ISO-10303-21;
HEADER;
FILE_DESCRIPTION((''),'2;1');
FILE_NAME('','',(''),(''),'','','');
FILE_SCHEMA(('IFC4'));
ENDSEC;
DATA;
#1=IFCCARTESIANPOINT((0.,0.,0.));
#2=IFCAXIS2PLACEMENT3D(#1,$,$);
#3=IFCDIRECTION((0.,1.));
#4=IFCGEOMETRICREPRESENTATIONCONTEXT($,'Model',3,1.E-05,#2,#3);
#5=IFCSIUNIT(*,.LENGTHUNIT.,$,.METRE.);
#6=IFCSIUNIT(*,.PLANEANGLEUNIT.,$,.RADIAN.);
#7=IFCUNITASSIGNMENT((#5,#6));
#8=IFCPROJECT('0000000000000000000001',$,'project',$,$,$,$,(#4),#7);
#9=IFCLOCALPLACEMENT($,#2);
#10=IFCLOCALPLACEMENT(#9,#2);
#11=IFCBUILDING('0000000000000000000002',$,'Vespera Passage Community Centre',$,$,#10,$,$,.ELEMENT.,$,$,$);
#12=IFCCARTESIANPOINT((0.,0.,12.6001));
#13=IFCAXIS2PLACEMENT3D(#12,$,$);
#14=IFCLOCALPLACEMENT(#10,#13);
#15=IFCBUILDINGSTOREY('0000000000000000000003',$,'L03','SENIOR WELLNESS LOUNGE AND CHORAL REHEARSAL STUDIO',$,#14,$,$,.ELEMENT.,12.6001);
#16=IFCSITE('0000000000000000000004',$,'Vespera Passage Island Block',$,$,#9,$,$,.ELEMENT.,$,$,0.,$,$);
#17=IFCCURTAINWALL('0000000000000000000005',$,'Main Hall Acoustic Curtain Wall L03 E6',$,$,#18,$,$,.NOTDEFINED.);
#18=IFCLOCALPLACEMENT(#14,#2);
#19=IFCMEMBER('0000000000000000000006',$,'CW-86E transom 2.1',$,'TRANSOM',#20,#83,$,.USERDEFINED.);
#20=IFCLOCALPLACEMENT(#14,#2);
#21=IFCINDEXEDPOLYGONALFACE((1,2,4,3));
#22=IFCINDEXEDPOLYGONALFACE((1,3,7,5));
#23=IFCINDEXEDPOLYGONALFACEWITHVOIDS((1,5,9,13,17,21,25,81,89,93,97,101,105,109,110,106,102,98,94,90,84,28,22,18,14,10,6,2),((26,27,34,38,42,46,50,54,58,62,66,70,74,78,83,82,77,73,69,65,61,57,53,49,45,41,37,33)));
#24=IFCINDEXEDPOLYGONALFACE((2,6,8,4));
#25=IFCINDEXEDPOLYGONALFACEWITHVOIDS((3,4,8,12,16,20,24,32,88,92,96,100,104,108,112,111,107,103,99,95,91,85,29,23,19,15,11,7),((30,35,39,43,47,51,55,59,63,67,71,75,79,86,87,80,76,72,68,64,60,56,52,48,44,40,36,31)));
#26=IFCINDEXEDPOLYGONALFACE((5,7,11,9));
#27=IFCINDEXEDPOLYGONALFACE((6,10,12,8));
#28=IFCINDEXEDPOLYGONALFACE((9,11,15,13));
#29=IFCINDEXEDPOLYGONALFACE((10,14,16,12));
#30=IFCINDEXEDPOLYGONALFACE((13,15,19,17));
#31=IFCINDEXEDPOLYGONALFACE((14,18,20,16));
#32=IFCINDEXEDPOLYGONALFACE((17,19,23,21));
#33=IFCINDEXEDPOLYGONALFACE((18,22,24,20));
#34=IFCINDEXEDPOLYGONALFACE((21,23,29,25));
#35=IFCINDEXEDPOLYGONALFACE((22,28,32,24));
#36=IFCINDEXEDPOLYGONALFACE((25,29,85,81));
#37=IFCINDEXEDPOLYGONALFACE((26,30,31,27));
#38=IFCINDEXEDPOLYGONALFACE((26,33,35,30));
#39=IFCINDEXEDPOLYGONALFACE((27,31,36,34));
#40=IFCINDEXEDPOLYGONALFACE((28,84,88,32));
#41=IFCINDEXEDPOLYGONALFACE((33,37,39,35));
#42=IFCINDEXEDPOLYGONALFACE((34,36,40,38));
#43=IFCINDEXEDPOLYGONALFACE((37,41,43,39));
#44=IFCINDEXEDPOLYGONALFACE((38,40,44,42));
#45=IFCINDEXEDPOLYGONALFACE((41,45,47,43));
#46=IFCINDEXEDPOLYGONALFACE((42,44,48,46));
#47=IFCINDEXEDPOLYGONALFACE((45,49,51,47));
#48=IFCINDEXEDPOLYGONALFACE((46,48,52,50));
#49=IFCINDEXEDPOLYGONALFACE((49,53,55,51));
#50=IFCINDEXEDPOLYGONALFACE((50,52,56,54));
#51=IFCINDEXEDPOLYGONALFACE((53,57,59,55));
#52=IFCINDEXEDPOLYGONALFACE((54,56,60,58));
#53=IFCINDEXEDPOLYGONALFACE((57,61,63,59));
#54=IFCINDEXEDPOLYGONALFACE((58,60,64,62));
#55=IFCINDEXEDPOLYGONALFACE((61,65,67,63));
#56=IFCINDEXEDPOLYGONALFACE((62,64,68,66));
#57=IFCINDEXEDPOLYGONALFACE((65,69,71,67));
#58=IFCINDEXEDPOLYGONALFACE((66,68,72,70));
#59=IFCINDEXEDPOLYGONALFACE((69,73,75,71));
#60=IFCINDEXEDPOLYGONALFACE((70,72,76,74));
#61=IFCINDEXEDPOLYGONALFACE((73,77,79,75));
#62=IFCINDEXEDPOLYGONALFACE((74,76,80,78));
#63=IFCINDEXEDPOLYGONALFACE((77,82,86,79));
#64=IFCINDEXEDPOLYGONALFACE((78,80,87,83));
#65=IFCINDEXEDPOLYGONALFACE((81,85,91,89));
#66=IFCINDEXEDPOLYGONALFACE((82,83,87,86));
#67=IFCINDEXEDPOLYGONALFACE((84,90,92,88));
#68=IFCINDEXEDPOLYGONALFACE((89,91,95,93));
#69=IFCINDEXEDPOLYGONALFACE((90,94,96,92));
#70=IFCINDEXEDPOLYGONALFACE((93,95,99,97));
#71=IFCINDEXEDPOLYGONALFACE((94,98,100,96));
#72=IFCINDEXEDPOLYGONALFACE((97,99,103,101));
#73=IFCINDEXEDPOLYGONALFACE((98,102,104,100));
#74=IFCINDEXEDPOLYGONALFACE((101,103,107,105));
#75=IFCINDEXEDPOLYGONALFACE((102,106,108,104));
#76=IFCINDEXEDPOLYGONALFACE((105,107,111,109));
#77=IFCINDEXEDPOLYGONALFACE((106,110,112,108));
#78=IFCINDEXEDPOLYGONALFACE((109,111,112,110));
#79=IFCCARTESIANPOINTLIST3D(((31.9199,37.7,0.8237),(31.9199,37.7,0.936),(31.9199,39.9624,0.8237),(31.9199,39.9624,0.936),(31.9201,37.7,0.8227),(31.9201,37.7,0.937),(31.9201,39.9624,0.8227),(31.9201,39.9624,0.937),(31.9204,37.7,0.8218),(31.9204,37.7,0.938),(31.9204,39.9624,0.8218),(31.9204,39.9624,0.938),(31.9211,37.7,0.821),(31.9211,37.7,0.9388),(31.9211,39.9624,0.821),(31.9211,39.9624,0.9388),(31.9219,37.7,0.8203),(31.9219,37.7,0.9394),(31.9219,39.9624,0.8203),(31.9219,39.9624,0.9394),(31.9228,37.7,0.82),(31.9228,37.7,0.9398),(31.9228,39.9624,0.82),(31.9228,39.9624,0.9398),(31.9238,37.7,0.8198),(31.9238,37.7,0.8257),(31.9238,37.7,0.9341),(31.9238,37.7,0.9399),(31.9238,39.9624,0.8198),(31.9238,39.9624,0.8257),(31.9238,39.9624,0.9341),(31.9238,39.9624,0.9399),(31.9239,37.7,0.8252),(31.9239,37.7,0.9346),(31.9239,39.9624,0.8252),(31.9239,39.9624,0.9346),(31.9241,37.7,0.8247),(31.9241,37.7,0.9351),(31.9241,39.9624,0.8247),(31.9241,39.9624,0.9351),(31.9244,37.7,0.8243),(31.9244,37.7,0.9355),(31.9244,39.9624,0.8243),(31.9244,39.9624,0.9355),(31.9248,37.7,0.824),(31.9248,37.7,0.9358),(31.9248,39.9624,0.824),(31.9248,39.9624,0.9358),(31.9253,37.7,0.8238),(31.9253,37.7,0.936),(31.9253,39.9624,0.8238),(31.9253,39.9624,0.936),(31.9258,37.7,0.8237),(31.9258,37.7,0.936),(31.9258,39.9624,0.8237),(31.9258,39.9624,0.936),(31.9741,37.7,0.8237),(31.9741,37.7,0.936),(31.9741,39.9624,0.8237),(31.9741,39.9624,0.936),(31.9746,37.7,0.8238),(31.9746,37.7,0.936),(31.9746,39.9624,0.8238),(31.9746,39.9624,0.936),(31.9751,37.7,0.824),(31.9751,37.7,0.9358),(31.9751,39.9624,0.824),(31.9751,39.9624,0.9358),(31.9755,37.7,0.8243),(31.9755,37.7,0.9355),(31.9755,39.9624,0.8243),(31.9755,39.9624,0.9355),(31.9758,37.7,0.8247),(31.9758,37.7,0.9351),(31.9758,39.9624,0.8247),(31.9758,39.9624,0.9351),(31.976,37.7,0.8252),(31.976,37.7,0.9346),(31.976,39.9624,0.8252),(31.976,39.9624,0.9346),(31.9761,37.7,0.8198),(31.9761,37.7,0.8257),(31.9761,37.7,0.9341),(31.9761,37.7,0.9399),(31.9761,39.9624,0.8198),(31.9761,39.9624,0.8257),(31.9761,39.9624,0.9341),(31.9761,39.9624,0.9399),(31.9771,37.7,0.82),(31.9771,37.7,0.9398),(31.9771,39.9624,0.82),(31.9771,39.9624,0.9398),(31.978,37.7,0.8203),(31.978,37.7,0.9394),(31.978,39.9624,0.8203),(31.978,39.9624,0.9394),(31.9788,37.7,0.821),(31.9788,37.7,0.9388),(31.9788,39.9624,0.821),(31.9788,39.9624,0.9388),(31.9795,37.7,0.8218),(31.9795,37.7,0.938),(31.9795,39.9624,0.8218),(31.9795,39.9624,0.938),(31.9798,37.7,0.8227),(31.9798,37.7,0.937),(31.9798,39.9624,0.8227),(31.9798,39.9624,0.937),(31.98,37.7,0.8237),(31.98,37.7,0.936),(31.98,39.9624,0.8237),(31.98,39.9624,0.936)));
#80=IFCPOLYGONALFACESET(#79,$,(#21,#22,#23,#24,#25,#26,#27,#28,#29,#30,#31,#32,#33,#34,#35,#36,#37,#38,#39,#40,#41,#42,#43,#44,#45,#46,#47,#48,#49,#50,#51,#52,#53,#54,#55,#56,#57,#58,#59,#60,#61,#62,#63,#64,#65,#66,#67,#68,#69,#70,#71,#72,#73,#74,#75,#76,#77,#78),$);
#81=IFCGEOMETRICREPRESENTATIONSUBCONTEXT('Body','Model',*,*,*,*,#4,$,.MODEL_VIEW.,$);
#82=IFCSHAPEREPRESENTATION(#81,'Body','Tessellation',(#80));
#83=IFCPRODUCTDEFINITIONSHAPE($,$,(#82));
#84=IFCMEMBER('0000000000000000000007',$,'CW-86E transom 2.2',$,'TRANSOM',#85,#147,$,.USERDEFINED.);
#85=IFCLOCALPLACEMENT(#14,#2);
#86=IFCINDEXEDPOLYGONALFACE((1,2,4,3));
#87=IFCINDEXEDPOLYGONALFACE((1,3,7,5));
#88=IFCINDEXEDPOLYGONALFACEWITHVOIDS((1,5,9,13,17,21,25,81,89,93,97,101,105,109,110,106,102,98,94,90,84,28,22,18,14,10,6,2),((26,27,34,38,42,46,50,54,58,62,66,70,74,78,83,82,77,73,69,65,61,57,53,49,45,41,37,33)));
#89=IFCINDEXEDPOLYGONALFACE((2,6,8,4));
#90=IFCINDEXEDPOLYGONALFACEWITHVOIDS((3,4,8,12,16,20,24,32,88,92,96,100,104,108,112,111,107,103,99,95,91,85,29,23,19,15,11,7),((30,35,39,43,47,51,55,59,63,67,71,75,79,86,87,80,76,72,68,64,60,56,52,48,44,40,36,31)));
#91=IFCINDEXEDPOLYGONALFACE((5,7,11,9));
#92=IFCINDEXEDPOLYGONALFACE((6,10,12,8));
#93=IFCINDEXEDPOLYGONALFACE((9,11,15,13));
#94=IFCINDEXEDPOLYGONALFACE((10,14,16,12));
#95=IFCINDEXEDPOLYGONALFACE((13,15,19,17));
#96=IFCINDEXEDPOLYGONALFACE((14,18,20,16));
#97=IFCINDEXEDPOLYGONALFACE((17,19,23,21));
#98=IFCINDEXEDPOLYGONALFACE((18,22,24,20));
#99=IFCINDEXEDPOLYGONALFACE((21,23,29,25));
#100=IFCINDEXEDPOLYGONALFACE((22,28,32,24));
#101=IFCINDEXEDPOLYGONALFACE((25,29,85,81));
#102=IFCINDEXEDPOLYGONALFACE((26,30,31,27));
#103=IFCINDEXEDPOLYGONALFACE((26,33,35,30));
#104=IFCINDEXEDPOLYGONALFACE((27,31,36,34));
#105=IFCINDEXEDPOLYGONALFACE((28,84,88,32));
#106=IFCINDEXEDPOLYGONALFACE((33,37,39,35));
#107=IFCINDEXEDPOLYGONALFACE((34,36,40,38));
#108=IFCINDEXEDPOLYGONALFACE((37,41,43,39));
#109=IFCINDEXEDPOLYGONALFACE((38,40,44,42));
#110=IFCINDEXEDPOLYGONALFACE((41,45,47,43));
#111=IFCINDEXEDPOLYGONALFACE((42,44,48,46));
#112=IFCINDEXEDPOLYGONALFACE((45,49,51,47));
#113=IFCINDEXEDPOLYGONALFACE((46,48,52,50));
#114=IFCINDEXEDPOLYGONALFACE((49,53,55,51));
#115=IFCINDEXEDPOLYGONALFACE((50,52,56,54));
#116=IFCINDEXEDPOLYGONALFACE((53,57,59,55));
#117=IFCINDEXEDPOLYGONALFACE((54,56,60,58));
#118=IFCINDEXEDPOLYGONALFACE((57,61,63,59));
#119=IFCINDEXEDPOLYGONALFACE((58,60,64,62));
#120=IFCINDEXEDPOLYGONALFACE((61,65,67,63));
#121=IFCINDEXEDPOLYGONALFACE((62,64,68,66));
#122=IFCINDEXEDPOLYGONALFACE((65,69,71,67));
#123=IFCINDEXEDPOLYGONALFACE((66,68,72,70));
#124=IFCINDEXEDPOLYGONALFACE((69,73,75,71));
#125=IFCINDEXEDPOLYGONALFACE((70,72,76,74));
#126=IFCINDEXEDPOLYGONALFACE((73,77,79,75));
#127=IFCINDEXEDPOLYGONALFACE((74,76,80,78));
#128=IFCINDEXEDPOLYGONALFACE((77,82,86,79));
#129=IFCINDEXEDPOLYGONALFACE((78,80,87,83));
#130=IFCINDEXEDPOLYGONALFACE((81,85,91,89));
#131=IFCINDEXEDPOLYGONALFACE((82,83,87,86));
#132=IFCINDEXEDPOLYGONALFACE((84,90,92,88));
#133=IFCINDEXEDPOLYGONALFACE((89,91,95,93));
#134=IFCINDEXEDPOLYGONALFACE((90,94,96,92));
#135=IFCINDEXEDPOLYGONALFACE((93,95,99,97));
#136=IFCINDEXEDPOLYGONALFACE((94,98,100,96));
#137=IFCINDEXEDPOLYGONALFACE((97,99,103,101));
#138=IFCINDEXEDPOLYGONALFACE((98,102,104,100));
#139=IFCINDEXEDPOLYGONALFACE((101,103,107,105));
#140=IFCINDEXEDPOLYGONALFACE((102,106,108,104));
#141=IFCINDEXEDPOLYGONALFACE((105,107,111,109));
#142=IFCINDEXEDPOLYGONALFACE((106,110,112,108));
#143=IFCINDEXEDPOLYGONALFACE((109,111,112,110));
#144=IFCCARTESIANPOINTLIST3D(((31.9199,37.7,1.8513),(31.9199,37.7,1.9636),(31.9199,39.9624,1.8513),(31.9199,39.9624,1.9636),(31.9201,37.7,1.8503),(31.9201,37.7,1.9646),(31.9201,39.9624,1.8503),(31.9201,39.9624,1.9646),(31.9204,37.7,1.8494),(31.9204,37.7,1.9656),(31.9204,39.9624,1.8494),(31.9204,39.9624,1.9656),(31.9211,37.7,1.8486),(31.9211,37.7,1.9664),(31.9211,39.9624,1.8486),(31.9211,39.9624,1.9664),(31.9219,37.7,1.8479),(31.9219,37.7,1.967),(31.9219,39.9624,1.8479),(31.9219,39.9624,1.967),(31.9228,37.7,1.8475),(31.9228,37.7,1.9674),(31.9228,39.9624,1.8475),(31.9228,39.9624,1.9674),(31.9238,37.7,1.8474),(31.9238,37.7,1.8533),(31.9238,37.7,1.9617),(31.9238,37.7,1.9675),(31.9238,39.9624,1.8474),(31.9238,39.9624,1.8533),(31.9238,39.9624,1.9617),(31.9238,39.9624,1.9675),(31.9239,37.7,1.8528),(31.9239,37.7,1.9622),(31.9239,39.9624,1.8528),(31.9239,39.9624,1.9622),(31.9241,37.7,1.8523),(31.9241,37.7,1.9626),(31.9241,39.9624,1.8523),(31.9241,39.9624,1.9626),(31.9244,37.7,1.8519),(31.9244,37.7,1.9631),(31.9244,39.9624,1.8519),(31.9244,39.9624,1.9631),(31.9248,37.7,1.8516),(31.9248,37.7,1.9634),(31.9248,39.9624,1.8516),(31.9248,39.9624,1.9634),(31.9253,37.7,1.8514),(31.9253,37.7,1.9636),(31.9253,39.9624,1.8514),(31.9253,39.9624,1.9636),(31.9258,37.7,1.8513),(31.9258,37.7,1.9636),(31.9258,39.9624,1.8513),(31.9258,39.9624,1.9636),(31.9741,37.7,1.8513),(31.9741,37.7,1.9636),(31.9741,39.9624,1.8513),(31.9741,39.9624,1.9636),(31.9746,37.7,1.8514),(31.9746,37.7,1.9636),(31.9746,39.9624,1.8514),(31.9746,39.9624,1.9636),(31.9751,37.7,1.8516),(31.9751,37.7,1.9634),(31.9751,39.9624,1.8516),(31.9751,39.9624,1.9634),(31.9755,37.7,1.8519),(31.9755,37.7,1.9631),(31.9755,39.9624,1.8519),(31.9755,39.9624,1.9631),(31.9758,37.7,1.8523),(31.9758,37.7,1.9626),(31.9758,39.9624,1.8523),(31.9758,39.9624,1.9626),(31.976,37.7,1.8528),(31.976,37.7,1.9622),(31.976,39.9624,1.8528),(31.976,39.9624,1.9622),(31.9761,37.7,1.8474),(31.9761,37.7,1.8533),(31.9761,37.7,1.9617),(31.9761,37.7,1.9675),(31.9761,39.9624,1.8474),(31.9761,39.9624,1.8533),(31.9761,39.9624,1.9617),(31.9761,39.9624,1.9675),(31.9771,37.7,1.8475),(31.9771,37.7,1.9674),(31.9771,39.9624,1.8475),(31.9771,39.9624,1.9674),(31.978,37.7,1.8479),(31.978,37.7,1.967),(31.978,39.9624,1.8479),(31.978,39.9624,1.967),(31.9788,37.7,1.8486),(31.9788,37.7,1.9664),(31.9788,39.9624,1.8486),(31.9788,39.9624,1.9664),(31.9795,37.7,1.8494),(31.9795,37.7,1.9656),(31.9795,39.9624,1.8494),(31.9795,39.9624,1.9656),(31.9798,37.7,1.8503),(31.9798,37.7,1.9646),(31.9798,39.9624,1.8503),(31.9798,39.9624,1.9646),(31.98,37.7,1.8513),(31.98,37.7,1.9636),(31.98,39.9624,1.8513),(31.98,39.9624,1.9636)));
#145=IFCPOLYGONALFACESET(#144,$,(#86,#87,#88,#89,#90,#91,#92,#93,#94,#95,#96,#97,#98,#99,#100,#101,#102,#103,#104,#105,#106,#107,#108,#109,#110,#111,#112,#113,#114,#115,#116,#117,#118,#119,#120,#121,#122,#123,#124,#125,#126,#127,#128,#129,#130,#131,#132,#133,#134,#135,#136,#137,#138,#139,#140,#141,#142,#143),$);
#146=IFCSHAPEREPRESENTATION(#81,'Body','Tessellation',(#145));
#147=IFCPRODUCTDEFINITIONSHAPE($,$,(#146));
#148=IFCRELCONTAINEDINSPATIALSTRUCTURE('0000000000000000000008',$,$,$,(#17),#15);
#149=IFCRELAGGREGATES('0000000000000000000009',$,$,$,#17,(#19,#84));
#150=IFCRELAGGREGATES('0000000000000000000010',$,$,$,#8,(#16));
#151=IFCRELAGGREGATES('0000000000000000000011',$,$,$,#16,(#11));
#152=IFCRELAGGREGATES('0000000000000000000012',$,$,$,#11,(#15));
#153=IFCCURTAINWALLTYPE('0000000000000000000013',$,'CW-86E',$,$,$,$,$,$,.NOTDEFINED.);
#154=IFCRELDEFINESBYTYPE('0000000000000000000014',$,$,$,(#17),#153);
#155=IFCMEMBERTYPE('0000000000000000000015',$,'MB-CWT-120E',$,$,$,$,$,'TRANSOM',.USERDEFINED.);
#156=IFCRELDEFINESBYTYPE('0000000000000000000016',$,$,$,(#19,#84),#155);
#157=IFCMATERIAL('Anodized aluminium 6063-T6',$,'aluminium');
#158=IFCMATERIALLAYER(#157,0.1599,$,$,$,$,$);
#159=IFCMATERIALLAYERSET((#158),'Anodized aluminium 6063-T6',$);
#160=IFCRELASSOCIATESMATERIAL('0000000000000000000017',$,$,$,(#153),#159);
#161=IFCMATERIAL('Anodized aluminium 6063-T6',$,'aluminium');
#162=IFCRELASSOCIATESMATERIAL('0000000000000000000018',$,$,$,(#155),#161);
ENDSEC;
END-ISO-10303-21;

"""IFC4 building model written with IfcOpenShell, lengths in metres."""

from ifc_helpers import new_model, si_unit, direction, frame, origin, origin_2d, place, context, subcontext, project, spatial, hollow_rectangle, extrude, material, layer, layer_set, material_profile, profile_set, type_object, element, aggregate, save


model = new_model("IFC4")

# Units and contexts
model_context = context("Model", 3, precision=1e-05, world=origin(), true_north=direction((0.0, 1.0)))
body_context = subcontext(model_context, "Body", "Model", "MODEL_VIEW")
ifc_project = project(units=[si_unit("LENGTHUNIT", "METRE"), si_unit("PLANEANGLEUNIT", "RADIAN")], contexts=[model_context])

# Site, building, storey
site_placement = place(None, origin())
site = spatial("IfcSite", under=ifc_project, at=site_placement, Name="Vespera Passage Island Block", CompositionType="ELEMENT", RefElevation=0.0)
building_placement = place(site_placement, origin())
building = spatial("IfcBuilding", under=site, at=building_placement, Name="Vespera Passage Community Centre", CompositionType="ELEMENT")
storey_placement = place(building_placement, frame((0.0, 0.0, 12.6001)))
storey = spatial("IfcBuildingStorey", under=building, at=storey_placement, Name="L03", Description="SENIOR WELLNESS LOUNGE AND CHORAL REHEARSAL STUDIO", CompositionType="ELEMENT", Elevation=12.6001)

# Curtain wall
ifc_material_1 = material(Name="Anodized aluminium 6063-T6", Category="aluminium")
ifc_layer_1 = layer(ifc_material_1, 0.1599)
ifc_layer_set_1 = layer_set([ifc_layer_1], Name="Anodized aluminium 6063-T6")
curtain_wall_type = type_object("IfcCurtainWallType", Name="CW-86E", PredefinedType="NOTDEFINED", material=ifc_layer_set_1)
curtain_wall_1_placement = place(storey_placement, origin())
curtain_wall_1 = element("IfcCurtainWall", 1, at=curtain_wall_1_placement, inside=storey, type_object=curtain_wall_type, Name="Main Hall Acoustic Curtain Wall L03 E6", PredefinedType="NOTDEFINED")

# Members
ifc_material_2 = material(Name="Anodized aluminium 6063-T6", Category="aluminium")
ifc_material_profile_1 = material_profile(ifc_material_2, hollow_rectangle(XDim=0.0601, YDim=0.1201, WallThickness=0.0039, InnerFilletRadius=0.002, OuterFilletRadius=0.0039, at=origin_2d()), Name="ALU120X60X4")
ifc_profile_set_1 = profile_set([ifc_material_profile_1], Name="Anodized aluminium 6063-T6")
member_type_1 = type_object("IfcMemberType", Name="MB-CWT-120E", ElementType="TRANSOM", PredefinedType="USERDEFINED", material=ifc_profile_set_1)
member_1_placement = place(storey_placement, frame((31.95, 39.9624, 0.8799), z_axis=(0.0, -1.0, 0.0), x_axis=(1.0, 0.0, 0.0)))
member_1 = element("IfcMember", 2, at=member_1_placement, type_object=member_type_1, Name="CW-86E transom 2.1", ObjectType="TRANSOM", PredefinedType="USERDEFINED", context=body_context, shape_type="SweptSolid", body=[
    extrude(hollow_rectangle(XDim=0.0601, YDim=0.1201, WallThickness=0.0039, InnerFilletRadius=0.002, OuterFilletRadius=0.0039, at=origin_2d()), origin(), (0.0, 0.0, 1.0), 2.2625),
])
member_2_placement = place(storey_placement, frame((31.95, 39.9624, 1.9075), z_axis=(0.0, -1.0, 0.0), x_axis=(1.0, 0.0, 0.0)))
member_2 = element("IfcMember", 3, at=member_2_placement, type_object=member_type_1, Name="CW-86E transom 2.2", ObjectType="TRANSOM", PredefinedType="USERDEFINED", context=body_context, shape_type="SweptSolid", body=[
    extrude(hollow_rectangle(XDim=0.0601, YDim=0.1201, WallThickness=0.0039, InnerFilletRadius=0.002, OuterFilletRadius=0.0039, at=origin_2d()), origin(), (0.0, 0.0, 1.0), 2.2625),
])

aggregate(curtain_wall_1, [member_1, member_2])

save(model, "model.ifc")
